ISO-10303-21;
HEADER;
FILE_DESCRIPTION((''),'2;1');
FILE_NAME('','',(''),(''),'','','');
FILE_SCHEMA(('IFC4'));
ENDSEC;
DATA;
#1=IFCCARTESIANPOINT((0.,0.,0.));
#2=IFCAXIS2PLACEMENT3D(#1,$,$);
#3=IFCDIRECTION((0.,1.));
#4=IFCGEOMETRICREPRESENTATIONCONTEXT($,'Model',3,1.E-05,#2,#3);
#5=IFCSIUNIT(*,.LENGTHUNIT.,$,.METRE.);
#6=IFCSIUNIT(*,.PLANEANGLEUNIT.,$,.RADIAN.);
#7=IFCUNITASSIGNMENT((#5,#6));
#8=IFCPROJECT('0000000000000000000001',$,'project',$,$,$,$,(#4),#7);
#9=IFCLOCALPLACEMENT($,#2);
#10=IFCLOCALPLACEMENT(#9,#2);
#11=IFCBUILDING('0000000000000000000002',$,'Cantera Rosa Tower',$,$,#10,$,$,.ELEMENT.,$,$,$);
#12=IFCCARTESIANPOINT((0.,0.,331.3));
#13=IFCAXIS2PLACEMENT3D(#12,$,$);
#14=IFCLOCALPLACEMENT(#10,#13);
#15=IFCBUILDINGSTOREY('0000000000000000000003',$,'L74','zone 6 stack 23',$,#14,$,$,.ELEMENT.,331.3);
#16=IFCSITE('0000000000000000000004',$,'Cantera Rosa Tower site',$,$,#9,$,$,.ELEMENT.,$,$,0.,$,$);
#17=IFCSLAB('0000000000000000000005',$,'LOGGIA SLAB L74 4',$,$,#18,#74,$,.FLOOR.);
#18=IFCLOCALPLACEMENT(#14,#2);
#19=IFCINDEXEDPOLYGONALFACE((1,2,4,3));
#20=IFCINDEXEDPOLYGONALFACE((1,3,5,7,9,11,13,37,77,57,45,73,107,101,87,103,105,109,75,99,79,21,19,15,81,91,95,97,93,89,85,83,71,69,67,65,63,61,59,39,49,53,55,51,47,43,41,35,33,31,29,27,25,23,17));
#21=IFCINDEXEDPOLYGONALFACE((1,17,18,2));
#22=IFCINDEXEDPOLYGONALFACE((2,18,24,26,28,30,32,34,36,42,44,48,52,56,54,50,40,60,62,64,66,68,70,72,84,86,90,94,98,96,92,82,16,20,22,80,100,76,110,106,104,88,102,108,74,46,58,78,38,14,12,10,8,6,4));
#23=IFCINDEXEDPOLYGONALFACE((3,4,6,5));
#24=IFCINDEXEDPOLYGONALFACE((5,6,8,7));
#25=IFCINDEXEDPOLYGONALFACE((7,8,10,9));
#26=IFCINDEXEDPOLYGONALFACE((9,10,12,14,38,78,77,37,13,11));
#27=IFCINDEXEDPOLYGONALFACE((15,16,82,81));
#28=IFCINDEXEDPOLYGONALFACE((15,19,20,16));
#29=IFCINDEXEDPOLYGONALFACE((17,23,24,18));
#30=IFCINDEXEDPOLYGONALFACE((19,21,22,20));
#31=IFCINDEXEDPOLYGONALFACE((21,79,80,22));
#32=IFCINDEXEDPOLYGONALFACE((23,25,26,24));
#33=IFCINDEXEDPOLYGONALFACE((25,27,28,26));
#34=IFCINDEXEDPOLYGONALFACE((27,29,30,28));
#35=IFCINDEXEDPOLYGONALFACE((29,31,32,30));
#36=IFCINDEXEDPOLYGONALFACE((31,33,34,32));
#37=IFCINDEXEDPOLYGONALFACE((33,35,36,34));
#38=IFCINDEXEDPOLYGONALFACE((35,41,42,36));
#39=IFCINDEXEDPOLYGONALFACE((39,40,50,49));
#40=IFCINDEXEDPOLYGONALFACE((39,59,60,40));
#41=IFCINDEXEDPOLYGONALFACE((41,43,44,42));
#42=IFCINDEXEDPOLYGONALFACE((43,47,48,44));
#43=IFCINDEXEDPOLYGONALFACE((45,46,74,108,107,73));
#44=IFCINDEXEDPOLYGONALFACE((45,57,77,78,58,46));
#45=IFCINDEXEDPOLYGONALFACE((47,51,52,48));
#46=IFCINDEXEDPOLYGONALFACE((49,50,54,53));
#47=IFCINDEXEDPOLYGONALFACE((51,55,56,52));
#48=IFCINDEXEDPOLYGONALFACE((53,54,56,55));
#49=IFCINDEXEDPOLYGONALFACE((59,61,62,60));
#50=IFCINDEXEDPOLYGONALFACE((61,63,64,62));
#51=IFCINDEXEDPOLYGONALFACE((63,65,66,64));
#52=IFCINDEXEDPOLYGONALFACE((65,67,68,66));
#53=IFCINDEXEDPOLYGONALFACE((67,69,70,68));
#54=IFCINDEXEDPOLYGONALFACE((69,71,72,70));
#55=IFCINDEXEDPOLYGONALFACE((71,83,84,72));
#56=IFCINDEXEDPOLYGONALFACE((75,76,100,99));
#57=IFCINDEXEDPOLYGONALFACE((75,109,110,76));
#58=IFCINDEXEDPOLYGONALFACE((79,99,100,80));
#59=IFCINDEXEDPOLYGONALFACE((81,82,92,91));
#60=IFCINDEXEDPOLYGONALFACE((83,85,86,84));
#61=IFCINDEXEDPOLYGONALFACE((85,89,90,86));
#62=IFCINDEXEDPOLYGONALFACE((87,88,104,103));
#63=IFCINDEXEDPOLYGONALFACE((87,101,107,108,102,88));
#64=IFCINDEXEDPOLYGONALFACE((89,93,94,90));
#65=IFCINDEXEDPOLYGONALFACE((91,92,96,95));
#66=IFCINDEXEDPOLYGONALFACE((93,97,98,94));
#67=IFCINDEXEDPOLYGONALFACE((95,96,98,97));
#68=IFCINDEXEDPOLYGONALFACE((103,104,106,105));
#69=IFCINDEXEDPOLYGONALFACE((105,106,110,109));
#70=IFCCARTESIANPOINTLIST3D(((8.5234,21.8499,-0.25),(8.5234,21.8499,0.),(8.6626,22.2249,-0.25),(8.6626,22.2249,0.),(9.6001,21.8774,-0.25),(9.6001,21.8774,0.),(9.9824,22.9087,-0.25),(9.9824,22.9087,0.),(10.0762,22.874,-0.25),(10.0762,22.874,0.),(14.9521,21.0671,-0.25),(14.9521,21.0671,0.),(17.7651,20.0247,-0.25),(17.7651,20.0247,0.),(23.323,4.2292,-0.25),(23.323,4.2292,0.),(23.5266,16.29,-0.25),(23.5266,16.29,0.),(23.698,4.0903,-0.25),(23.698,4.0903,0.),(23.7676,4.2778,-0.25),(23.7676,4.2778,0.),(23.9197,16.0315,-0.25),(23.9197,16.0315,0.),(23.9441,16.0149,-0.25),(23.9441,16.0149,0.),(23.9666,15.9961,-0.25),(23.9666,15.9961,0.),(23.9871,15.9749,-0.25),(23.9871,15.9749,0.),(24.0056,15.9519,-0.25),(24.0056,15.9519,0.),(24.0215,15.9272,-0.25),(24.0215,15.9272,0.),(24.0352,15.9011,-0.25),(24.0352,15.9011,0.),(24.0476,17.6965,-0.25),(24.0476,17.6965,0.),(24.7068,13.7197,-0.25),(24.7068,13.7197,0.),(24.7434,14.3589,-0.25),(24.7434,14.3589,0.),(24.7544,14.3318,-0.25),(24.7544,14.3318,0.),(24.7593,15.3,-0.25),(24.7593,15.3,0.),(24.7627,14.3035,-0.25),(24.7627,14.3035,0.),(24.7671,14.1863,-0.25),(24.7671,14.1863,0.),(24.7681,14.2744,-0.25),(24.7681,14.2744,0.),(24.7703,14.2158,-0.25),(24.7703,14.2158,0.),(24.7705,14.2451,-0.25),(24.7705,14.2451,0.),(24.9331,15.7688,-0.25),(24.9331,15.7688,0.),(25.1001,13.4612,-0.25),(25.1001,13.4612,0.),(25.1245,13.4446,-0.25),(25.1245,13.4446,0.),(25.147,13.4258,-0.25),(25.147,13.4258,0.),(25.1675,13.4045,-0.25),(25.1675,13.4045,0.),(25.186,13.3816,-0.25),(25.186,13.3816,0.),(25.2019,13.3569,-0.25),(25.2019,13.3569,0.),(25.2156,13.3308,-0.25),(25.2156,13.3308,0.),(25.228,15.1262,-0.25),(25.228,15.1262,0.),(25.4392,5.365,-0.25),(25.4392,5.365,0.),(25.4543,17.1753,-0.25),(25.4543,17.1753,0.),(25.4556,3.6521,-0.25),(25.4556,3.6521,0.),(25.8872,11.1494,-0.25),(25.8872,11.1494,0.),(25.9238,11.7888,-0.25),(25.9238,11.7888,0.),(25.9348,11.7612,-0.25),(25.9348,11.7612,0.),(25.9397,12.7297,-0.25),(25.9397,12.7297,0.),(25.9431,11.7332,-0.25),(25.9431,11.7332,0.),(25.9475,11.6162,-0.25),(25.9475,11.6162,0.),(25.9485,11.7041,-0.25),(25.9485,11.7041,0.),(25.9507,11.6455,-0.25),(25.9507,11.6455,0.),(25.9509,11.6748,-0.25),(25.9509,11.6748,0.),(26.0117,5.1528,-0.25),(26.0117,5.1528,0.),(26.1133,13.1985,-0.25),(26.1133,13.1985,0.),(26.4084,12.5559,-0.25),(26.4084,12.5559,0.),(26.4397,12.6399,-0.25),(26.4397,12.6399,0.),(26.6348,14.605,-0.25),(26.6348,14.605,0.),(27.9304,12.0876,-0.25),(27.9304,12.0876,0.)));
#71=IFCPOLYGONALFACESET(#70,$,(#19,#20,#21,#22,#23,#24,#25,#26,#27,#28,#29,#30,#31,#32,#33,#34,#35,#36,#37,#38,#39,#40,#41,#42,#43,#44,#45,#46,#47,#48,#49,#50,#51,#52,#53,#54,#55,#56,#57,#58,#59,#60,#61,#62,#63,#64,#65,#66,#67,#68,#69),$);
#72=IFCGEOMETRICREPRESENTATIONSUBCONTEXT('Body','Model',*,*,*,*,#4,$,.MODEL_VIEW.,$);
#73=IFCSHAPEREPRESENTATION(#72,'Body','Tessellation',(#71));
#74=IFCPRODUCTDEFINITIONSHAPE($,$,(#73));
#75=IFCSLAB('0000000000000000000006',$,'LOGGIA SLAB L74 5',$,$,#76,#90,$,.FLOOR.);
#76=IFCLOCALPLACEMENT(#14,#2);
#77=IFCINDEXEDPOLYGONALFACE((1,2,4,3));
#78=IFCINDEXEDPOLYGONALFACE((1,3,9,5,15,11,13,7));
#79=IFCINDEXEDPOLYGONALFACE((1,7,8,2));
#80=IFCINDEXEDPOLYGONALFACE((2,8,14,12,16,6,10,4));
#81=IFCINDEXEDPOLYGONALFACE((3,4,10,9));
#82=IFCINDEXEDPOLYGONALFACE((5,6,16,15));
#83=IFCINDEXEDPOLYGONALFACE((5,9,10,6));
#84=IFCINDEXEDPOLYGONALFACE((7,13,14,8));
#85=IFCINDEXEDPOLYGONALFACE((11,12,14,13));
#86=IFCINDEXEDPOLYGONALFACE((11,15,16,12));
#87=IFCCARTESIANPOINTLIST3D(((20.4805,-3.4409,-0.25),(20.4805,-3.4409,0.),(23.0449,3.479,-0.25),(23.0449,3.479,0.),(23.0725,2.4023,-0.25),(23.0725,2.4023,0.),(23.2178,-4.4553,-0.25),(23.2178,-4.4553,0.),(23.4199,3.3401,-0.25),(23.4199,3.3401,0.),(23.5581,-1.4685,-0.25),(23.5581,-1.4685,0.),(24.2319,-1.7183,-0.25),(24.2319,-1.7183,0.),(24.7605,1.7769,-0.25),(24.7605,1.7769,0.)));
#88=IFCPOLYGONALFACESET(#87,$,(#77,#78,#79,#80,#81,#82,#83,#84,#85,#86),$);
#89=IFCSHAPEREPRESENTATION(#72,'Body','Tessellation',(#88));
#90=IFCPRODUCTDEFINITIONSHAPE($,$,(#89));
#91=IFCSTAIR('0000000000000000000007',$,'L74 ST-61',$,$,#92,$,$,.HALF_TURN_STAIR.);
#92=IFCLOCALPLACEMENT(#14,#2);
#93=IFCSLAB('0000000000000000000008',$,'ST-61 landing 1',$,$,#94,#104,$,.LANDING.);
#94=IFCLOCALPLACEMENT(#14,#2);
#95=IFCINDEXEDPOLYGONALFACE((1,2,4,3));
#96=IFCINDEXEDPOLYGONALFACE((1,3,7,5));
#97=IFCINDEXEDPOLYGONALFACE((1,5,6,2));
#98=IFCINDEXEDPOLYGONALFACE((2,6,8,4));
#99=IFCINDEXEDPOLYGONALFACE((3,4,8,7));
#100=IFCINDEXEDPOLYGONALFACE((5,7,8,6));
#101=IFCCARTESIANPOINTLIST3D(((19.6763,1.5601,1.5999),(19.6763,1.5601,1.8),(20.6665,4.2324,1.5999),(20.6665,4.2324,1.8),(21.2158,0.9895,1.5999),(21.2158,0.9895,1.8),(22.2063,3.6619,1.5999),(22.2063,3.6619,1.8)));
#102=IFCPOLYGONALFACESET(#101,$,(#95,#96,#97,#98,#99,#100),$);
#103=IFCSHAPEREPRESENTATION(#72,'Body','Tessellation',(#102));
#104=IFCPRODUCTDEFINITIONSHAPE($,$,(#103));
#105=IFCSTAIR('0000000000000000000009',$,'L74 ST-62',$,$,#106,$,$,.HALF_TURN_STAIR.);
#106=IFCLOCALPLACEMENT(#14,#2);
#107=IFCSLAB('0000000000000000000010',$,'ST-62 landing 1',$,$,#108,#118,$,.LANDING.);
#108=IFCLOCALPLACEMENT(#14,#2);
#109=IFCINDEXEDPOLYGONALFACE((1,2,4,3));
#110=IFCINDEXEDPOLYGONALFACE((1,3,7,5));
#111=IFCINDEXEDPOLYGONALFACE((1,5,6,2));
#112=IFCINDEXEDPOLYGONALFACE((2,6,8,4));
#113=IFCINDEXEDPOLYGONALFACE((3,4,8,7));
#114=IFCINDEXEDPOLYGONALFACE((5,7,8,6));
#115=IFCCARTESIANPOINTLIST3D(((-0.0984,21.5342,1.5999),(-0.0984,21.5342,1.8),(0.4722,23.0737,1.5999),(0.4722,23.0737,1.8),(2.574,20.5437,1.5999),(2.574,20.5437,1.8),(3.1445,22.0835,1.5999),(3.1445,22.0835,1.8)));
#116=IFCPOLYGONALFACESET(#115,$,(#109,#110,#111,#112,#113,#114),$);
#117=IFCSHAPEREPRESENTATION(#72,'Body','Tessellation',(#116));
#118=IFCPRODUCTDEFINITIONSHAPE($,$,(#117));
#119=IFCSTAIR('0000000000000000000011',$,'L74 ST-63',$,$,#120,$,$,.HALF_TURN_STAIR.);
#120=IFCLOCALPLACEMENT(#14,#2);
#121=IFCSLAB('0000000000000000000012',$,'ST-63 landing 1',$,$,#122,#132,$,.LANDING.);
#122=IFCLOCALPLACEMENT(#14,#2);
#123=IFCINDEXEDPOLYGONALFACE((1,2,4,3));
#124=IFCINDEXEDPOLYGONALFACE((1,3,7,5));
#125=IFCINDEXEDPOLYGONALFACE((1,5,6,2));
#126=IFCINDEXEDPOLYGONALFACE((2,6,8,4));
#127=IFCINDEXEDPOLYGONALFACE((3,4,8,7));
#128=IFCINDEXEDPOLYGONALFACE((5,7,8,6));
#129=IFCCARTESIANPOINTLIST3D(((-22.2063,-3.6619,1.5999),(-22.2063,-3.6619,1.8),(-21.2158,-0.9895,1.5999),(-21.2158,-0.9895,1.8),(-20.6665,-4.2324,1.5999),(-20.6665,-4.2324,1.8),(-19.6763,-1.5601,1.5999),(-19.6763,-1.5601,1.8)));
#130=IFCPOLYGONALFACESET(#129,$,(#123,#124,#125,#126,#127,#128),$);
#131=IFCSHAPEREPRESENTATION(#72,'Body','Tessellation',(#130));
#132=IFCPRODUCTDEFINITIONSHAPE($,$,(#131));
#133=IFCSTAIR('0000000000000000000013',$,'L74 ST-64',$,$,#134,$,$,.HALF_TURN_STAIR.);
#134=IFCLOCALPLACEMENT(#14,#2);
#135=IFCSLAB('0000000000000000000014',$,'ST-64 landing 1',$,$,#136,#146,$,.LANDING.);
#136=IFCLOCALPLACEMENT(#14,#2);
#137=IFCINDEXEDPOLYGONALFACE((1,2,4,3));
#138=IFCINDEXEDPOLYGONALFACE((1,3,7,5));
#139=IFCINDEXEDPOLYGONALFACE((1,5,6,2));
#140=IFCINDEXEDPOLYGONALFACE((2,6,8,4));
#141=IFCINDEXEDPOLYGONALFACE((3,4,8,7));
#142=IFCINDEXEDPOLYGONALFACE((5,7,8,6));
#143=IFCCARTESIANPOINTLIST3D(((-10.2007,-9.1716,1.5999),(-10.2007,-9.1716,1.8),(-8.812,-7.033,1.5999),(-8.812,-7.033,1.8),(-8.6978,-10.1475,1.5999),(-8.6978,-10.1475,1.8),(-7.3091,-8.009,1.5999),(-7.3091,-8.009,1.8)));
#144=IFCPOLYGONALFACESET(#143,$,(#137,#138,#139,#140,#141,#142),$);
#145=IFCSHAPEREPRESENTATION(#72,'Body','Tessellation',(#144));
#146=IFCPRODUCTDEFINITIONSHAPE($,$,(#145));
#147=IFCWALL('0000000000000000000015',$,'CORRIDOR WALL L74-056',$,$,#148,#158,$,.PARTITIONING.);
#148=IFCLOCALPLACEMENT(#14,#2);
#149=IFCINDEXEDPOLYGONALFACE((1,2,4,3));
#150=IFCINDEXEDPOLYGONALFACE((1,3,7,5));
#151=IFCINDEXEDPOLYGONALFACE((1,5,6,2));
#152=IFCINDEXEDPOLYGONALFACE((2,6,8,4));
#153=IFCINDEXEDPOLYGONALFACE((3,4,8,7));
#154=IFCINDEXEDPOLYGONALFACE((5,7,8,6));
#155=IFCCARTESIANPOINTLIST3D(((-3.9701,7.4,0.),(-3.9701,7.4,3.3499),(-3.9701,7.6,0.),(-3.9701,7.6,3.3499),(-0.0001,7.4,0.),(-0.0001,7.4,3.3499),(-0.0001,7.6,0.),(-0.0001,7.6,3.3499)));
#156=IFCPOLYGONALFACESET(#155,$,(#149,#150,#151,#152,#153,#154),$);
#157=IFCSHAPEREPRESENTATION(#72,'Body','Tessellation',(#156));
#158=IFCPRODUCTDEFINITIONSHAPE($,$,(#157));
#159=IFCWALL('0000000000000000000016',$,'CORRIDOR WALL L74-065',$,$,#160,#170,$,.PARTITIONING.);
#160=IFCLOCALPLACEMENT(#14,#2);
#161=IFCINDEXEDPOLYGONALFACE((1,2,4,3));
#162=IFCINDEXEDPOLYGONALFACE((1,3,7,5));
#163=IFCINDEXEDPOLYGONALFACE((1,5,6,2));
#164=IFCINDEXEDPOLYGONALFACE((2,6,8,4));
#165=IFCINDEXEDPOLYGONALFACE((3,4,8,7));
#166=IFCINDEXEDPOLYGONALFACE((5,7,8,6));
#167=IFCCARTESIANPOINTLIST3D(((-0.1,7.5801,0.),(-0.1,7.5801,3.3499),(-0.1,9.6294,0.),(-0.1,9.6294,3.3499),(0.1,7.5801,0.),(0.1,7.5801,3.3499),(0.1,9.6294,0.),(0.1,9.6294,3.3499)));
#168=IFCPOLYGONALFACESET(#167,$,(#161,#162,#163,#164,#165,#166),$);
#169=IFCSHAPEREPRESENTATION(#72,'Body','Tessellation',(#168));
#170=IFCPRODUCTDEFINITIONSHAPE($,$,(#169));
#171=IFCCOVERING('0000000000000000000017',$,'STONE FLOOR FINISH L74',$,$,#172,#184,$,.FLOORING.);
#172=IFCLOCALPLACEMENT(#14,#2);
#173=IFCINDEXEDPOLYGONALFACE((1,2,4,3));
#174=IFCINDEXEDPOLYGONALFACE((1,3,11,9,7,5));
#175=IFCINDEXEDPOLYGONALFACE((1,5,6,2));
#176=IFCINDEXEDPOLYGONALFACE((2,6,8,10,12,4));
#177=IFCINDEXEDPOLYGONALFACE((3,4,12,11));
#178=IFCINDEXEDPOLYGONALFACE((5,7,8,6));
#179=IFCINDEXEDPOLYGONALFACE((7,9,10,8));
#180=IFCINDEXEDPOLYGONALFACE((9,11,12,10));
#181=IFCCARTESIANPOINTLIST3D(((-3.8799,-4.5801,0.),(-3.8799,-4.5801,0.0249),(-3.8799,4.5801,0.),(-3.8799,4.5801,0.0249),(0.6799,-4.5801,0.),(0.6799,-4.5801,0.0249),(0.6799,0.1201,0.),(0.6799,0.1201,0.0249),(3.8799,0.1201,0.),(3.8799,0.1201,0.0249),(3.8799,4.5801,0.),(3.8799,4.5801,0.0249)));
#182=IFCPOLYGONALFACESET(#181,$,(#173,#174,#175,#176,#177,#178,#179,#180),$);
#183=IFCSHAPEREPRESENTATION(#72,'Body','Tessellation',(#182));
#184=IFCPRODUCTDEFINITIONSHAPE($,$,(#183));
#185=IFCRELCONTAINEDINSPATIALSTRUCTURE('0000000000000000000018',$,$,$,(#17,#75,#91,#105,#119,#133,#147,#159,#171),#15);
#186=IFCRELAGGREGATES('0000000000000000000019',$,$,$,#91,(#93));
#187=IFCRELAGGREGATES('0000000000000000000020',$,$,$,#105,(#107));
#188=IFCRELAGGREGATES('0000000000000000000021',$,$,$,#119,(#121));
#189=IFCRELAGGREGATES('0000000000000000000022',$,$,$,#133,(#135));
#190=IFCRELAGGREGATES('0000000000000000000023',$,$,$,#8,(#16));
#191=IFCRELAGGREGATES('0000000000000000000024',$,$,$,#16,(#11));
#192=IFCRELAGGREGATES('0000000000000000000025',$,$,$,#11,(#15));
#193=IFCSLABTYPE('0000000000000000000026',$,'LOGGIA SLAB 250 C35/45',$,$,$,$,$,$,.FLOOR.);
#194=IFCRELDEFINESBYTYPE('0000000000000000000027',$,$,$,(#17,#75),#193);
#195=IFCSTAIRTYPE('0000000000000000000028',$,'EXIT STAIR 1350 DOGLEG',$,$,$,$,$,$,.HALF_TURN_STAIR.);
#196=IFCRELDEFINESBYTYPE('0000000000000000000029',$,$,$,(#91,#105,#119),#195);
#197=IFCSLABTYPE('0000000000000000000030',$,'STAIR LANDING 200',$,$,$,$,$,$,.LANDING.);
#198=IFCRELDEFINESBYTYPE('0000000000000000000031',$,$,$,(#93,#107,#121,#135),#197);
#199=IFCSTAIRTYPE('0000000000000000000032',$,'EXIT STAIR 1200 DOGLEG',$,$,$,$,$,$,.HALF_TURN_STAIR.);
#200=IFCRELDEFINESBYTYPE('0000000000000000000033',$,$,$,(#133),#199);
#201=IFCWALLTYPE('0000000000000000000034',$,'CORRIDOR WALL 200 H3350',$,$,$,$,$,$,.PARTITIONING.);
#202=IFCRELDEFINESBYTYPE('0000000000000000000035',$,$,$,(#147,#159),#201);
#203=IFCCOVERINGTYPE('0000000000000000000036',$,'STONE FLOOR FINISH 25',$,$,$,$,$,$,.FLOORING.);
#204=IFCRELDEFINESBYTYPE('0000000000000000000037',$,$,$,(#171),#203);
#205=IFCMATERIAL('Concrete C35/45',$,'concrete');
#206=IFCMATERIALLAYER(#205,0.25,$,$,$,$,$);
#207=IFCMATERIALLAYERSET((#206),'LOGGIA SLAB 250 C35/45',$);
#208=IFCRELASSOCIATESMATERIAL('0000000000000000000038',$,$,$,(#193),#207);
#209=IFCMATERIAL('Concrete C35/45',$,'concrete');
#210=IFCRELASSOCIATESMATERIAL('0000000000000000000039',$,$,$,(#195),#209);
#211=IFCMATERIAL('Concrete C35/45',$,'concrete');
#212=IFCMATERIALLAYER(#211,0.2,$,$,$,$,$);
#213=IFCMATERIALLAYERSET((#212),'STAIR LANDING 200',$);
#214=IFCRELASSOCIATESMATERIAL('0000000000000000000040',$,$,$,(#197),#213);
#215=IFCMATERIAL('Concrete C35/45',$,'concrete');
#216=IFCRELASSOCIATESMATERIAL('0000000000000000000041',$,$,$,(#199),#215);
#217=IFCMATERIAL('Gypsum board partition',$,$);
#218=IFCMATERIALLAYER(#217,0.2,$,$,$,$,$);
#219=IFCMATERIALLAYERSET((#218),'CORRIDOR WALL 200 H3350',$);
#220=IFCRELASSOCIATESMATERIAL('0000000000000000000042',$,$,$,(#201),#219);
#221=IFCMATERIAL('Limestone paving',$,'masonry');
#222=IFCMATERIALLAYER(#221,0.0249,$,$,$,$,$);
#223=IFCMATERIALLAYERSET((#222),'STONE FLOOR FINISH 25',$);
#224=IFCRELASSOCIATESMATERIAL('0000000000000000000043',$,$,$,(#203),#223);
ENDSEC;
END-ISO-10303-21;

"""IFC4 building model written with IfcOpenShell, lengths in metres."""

from ifc_helpers import new_model, si_unit, direction, frame, frame_2d, origin, place, context, subcontext, project, spatial, polyline, rectangle, outline, extrude, material, layer, layer_set, type_object, element, aggregate, save


model = new_model("IFC4")

# Units and contexts
model_context = context("Model", 3, precision=1e-05, world=origin(), true_north=direction((0.0, 1.0)))
body_context = subcontext(model_context, "Body", "Model", "MODEL_VIEW")
ifc_project = project(units=[si_unit("LENGTHUNIT", "METRE"), si_unit("PLANEANGLEUNIT", "RADIAN")], contexts=[model_context])

# Site, building, storey
site_placement = place(None, origin())
site = spatial("IfcSite", under=ifc_project, at=site_placement, Name="Cantera Rosa Tower site", CompositionType="ELEMENT", RefElevation=0.0)
building_placement = place(site_placement, origin())
building = spatial("IfcBuilding", under=site, at=building_placement, Name="Cantera Rosa Tower", CompositionType="ELEMENT")
storey_placement = place(building_placement, frame((0.0, 0.0, 331.3)))
storey = spatial("IfcBuildingStorey", under=building, at=storey_placement, Name="L74", Description="zone 6 stack 23", CompositionType="ELEMENT", Elevation=331.3)

# Slabs
ifc_material_1 = material(Name="Concrete C35/45", Category="concrete")
ifc_layer_1 = layer(ifc_material_1, 0.25)
ifc_layer_set_1 = layer_set([ifc_layer_1], Name="LOGGIA SLAB 250 C35/45")
slab_type_1 = type_object("IfcSlabType", Name="LOGGIA SLAB 250 C35/45", PredefinedType="FLOOR", material=ifc_layer_set_1)
slab_1_placement = place(storey_placement, frame((0.0, 0.0, -0.25)))
element("IfcSlab", 1, at=slab_1_placement, inside=storey, type_object=slab_type_1, Name="LOGGIA SLAB L74 4", PredefinedType="FLOOR", context=body_context, shape_type="SweptSolid", body=[
    extrude(outline(polyline([(17.7651, 20.0247), (24.0476, 17.6965), (25.4543, 17.1753), (24.9331, 15.7688), (24.7593, 15.3), (25.228, 15.1262), (26.6348, 14.605), (26.1133, 13.1985), (25.9397, 12.7297), (26.4084, 12.5559), (26.4397, 12.6399), (27.9304, 12.0876), (25.4392, 5.365), (26.0117, 5.1528), (25.4556, 3.6521), (23.7676, 4.2778), (23.698, 4.0903), (23.323, 4.2292), (25.8872, 11.1494), (25.9475, 11.6162), (25.9507, 11.6455), (25.9509, 11.6748), (25.9485, 11.7041), (25.9431, 11.7332), (25.9348, 11.7612), (25.9238, 11.7888), (25.2156, 13.3308), (25.2019, 13.3569), (25.186, 13.3816), (25.1675, 13.4045), (25.147, 13.4258), (25.1245, 13.4446), (25.1001, 13.4612), (24.7068, 13.7197), (24.7671, 14.1863), (24.7703, 14.2158), (24.7705, 14.2451), (24.7681, 14.2744), (24.7627, 14.3035), (24.7544, 14.3318), (24.7434, 14.3589), (24.0352, 15.9011), (24.0215, 15.9272), (24.0056, 15.9519), (23.9871, 15.9749), (23.9666, 15.9961), (23.9441, 16.0149), (23.9197, 16.0315), (23.5266, 16.29), (8.5234, 21.8499), (8.6626, 22.2249), (9.6001, 21.8774), (9.9824, 22.9087), (10.0762, 22.874), (14.9521, 21.0671), (17.7651, 20.0247)])), origin(), (0.0, 0.0, 1.0), 0.25),
])
slab_2_placement = place(storey_placement, frame((0.0, 0.0, -0.25)))
element("IfcSlab", 2, at=slab_2_placement, inside=storey, type_object=slab_type_1, Name="LOGGIA SLAB L74 5", PredefinedType="FLOOR", context=body_context, shape_type="SweptSolid", body=[
    extrude(outline(polyline([(23.4199, 3.3401), (23.0725, 2.4023), (24.7605, 1.7769), (23.5581, -1.4685), (24.2319, -1.7183), (23.2178, -4.4553), (20.4805, -3.4409), (23.0449, 3.479), (23.4199, 3.3401)])), origin(), (0.0, 0.0, 1.0), 0.25),
])

# Stairs, slabs
ifc_material_2 = material(Name="Concrete C35/45", Category="concrete")
stair_type_1 = type_object("IfcStairType", Name="EXIT STAIR 1350 DOGLEG", PredefinedType="HALF_TURN_STAIR", material=ifc_material_2)
stair_1_placement = place(storey_placement, origin())
stair_1 = element("IfcStair", 3, at=stair_1_placement, inside=storey, type_object=stair_type_1, Name="L74 ST-61", PredefinedType="HALF_TURN_STAIR")
ifc_material_3 = material(Name="Concrete C35/45", Category="concrete")
ifc_layer_2 = layer(ifc_material_3, 0.2)
ifc_layer_set_2 = layer_set([ifc_layer_2], Name="STAIR LANDING 200")
slab_type_2 = type_object("IfcSlabType", Name="STAIR LANDING 200", PredefinedType="LANDING", material=ifc_layer_set_2)
slab_3_placement = place(storey_placement, frame((0.0, 0.0, 1.5999)))
slab_3 = element("IfcSlab", 4, at=slab_3_placement, type_object=slab_type_2, Name="ST-61 landing 1", PredefinedType="LANDING", context=body_context, shape_type="SweptSolid", body=[
    extrude(outline(polyline([(19.6763, 1.5601), (21.2158, 0.9895), (22.2063, 3.6619), (20.6665, 4.2324), (19.6763, 1.5601)])), origin(), (0.0, 0.0, 1.0), 0.2002),
])
aggregate(stair_1, [slab_3])
stair_2_placement = place(storey_placement, origin())
stair_2 = element("IfcStair", 5, at=stair_2_placement, inside=storey, type_object=stair_type_1, Name="L74 ST-62", PredefinedType="HALF_TURN_STAIR")
slab_4_placement = place(storey_placement, frame((0.0, 0.0, 1.5999)))
slab_4 = element("IfcSlab", 6, at=slab_4_placement, type_object=slab_type_2, Name="ST-62 landing 1", PredefinedType="LANDING", context=body_context, shape_type="SweptSolid", body=[
    extrude(outline(polyline([(2.574, 20.5437), (3.1445, 22.0835), (0.4722, 23.0737), (-0.0984, 21.5342), (2.574, 20.5437)])), origin(), (0.0, 0.0, 1.0), 0.2002),
])
aggregate(stair_2, [slab_4])
stair_3_placement = place(storey_placement, origin())
stair_3 = element("IfcStair", 7, at=stair_3_placement, inside=storey, type_object=stair_type_1, Name="L74 ST-63", PredefinedType="HALF_TURN_STAIR")
slab_5_placement = place(storey_placement, frame((0.0, 0.0, 1.5999)))
slab_5 = element("IfcSlab", 8, at=slab_5_placement, type_object=slab_type_2, Name="ST-63 landing 1", PredefinedType="LANDING", context=body_context, shape_type="SweptSolid", body=[
    extrude(outline(polyline([(-19.6763, -1.5601), (-21.2158, -0.9895), (-22.2063, -3.6619), (-20.6665, -4.2324), (-19.6763, -1.5601)])), origin(), (0.0, 0.0, 1.0), 0.2002),
])
aggregate(stair_3, [slab_5])
ifc_material_4 = material(Name="Concrete C35/45", Category="concrete")
stair_type_2 = type_object("IfcStairType", Name="EXIT STAIR 1200 DOGLEG", PredefinedType="HALF_TURN_STAIR", material=ifc_material_4)
stair_4_placement = place(storey_placement, origin())
stair_4 = element("IfcStair", 9, at=stair_4_placement, inside=storey, type_object=stair_type_2, Name="L74 ST-64", PredefinedType="HALF_TURN_STAIR")
slab_6_placement = place(storey_placement, frame((0.0, 0.0, 1.5999)))
slab_6 = element("IfcSlab", 10, at=slab_6_placement, type_object=slab_type_2, Name="ST-64 landing 1", PredefinedType="LANDING", context=body_context, shape_type="SweptSolid", body=[
    extrude(outline(polyline([(-7.3091, -8.009), (-8.812, -7.033), (-10.2007, -9.1716), (-8.6978, -10.1475), (-7.3091, -8.009)])), origin(), (0.0, 0.0, 1.0), 0.2002),
])
aggregate(stair_4, [slab_6])

# Walls
ifc_material_5 = material(Name="Gypsum board partition")
ifc_layer_3 = layer(ifc_material_5, 0.2)
ifc_layer_set_3 = layer_set([ifc_layer_3], Name="CORRIDOR WALL 200 H3350")
wall_type = type_object("IfcWallType", Name="CORRIDOR WALL 200 H3350", PredefinedType="PARTITIONING", material=ifc_layer_set_3)
wall_1_placement = place(storey_placement, frame((-3.97, 7.5, 0.0), z_axis=(0.0, 0.0, 1.0), x_axis=(1.0, 0.0, 0.0)))
element("IfcWall", 11, at=wall_1_placement, inside=storey, type_object=wall_type, Name="CORRIDOR WALL L74-056", PredefinedType="PARTITIONING", context=body_context, shape_type="SweptSolid", body=[
    extrude(rectangle(XDim=3.97, YDim=0.2, at=frame_2d((1.9849, 0.0))), origin(), (0.0, 0.0, 1.0), 3.3499),
])
wall_2_placement = place(storey_placement, frame((0.0, 7.5801, 0.0), z_axis=(0.0, 0.0, 1.0), x_axis=(0.0, 1.0, 0.0)))
element("IfcWall", 12, at=wall_2_placement, inside=storey, type_object=wall_type, Name="CORRIDOR WALL L74-065", PredefinedType="PARTITIONING", context=body_context, shape_type="SweptSolid", body=[
    extrude(rectangle(XDim=2.0493, YDim=0.2, at=frame_2d((1.0247, 0.0))), origin(), (0.0, 0.0, 1.0), 3.3499),
])

# Covering
ifc_material_6 = material(Name="Limestone paving", Category="masonry")
ifc_layer_4 = layer(ifc_material_6, 0.0249)
ifc_layer_set_4 = layer_set([ifc_layer_4], Name="STONE FLOOR FINISH 25")
covering_type_1 = type_object("IfcCoveringType", Name="STONE FLOOR FINISH 25", PredefinedType="FLOORING", material=ifc_layer_set_4)
covering_1_placement = place(storey_placement, origin())
element("IfcCovering", 13, at=covering_1_placement, inside=storey, type_object=covering_type_1, Name="STONE FLOOR FINISH L74", PredefinedType="FLOORING", context=body_context, shape_type="SweptSolid", body=[
    extrude(outline(polyline([(3.8799, 4.5801), (3.8799, 0.1201), (0.6799, 0.1201), (0.6799, -4.5801), (-3.8799, -4.5801), (-3.8799, 4.5801), (3.8799, 4.5801)])), origin(), (0.0, 0.0, 1.0), 0.0249),
])

save(model, "model.ifc")
